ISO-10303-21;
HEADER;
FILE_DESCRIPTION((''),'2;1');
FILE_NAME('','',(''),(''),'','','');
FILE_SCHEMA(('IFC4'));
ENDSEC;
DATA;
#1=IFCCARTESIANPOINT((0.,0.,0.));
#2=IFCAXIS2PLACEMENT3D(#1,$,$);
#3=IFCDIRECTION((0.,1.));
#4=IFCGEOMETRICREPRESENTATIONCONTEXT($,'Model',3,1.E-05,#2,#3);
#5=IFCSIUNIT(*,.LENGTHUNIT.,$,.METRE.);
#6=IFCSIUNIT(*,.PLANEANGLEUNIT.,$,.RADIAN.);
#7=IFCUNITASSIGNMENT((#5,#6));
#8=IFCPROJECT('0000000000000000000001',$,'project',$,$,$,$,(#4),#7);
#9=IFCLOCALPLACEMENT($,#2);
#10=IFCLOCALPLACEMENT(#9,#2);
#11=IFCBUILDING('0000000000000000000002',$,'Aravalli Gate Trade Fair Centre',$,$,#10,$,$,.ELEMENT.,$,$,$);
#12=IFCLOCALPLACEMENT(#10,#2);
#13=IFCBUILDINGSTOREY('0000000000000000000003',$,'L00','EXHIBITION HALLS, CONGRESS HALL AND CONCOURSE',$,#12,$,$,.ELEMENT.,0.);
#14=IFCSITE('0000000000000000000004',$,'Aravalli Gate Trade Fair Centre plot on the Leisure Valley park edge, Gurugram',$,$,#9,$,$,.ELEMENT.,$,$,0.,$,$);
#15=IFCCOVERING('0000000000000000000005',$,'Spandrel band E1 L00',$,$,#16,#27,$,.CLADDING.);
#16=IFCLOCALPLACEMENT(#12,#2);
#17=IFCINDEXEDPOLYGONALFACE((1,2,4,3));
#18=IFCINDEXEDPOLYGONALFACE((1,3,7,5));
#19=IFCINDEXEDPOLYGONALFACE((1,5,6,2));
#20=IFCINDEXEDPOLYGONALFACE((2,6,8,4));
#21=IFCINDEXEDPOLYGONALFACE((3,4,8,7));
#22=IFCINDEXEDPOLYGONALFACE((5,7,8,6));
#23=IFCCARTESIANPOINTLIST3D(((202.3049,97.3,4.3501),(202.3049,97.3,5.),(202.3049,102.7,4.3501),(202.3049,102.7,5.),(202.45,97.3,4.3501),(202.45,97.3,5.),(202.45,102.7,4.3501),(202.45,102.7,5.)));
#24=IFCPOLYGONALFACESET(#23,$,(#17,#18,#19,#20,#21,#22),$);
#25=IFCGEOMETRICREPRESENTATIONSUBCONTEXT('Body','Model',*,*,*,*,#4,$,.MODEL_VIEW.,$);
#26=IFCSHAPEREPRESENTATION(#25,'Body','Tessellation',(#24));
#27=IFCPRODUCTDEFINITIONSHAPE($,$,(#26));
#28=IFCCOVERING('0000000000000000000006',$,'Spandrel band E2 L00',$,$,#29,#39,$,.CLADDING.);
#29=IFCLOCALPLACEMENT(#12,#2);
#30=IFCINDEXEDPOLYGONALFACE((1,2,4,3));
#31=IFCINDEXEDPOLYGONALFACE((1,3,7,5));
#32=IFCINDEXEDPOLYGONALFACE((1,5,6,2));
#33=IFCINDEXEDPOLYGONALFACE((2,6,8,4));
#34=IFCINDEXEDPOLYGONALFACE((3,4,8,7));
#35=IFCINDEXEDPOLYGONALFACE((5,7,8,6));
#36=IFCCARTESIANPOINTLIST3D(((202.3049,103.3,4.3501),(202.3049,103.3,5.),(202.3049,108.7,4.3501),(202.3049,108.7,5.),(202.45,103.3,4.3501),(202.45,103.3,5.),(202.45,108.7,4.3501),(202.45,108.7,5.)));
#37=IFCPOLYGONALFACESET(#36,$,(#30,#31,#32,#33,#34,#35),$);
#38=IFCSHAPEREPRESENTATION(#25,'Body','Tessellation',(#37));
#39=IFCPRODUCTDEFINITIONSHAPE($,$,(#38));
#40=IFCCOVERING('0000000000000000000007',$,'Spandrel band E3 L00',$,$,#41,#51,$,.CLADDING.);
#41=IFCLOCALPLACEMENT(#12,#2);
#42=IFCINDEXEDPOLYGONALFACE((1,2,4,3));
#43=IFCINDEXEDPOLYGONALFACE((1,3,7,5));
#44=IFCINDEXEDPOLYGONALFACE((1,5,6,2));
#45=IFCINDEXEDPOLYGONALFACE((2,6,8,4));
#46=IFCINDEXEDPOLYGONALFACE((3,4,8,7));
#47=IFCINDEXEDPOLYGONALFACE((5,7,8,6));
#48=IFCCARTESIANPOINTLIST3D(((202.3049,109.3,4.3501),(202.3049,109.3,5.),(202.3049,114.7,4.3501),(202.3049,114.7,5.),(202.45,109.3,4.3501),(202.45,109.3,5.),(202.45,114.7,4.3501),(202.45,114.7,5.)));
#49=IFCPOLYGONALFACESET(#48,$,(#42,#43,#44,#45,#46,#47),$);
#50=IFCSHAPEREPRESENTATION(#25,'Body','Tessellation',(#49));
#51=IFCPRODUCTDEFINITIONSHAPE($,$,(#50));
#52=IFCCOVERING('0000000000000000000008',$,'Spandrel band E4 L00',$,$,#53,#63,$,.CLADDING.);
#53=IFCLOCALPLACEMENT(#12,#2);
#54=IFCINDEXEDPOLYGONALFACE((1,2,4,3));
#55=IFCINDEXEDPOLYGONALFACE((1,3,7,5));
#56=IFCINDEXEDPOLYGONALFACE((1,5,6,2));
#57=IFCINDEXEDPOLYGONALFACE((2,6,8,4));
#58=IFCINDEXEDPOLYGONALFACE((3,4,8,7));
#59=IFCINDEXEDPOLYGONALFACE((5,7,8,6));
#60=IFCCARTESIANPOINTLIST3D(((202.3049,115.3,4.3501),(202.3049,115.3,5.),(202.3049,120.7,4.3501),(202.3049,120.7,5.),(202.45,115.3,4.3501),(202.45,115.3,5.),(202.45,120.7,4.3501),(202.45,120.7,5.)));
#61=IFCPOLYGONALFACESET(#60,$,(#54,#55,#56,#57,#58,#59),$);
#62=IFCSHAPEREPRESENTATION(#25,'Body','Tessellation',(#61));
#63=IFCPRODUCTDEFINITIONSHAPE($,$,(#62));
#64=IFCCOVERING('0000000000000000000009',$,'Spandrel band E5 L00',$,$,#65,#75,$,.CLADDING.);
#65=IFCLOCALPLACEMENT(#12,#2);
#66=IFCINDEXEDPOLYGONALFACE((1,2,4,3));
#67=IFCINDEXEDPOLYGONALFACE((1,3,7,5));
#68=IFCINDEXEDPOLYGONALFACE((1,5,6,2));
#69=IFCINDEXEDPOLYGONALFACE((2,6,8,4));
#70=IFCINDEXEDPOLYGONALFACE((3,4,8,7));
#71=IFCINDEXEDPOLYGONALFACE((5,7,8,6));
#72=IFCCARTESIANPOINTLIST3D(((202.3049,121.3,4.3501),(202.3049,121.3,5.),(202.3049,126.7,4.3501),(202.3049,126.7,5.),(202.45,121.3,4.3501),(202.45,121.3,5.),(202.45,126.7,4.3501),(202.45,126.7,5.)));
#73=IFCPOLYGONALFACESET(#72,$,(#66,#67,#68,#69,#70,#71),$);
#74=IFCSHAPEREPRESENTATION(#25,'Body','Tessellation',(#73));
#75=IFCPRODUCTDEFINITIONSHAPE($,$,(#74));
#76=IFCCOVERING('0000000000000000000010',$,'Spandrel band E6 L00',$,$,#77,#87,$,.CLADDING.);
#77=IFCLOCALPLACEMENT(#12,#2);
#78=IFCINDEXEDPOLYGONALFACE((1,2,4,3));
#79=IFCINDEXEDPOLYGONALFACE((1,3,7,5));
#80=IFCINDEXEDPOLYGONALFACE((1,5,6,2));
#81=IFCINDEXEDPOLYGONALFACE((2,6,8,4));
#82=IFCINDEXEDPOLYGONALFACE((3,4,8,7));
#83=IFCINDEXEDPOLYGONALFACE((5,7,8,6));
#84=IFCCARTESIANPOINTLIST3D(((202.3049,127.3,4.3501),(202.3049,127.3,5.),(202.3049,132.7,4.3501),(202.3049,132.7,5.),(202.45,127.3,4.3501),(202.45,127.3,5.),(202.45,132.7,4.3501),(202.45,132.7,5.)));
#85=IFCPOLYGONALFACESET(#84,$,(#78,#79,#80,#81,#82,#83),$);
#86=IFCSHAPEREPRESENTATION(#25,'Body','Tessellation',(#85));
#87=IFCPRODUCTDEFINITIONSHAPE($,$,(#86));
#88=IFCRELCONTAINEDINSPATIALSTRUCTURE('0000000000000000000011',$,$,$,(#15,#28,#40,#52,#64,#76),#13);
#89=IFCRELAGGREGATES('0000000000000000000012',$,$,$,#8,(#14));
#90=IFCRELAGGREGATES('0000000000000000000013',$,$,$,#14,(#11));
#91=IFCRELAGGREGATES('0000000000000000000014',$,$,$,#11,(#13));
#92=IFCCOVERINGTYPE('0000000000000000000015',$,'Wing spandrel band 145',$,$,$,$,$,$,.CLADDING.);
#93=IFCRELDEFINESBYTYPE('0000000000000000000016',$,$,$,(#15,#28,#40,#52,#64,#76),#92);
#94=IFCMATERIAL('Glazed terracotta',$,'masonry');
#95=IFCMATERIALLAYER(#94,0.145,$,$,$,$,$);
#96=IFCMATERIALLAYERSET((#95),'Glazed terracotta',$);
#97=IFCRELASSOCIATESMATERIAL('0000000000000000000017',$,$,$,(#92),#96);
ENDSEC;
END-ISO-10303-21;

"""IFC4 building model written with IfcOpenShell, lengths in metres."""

from ifc_helpers import new_model, si_unit, direction, frame, origin, place, context, subcontext, project, spatial, polyline, outline, extrude, material, layer, layer_set, type_object, element, save


model = new_model("IFC4")

# Units and contexts
model_context = context("Model", 3, precision=1e-05, world=origin(), true_north=direction((0.0, 1.0)))
body_context = subcontext(model_context, "Body", "Model", "MODEL_VIEW")
ifc_project = project(units=[si_unit("LENGTHUNIT", "METRE"), si_unit("PLANEANGLEUNIT", "RADIAN")], contexts=[model_context])

# Site, building, storey
site_placement = place(None, origin())
site = spatial("IfcSite", under=ifc_project, at=site_placement, Name="Aravalli Gate Trade Fair Centre plot on the Leisure Valley park edge, Gurugram", CompositionType="ELEMENT", RefElevation=0.0)
building_placement = place(site_placement, origin())
building = spatial("IfcBuilding", under=site, at=building_placement, Name="Aravalli Gate Trade Fair Centre", CompositionType="ELEMENT")
storey_placement = place(building_placement, origin())
storey = spatial("IfcBuildingStorey", under=building, at=storey_placement, Name="L00", Description="EXHIBITION HALLS, CONGRESS HALL AND CONCOURSE", CompositionType="ELEMENT", Elevation=0.0)

# Coverings
ifc_material = material(Name="Glazed terracotta", Category="masonry")
ifc_layer = layer(ifc_material, 0.145)
ifc_layer_set = layer_set([ifc_layer], Name="Glazed terracotta")
covering_type = type_object("IfcCoveringType", Name="Wing spandrel band 145", PredefinedType="CLADDING", material=ifc_layer_set)
covering_1_placement = place(storey_placement, frame((0.0, 0.0, 4.3501)))
element("IfcCovering", 1, at=covering_1_placement, inside=storey, type_object=covering_type, Name="Spandrel band E1 L00", PredefinedType="CLADDING", context=body_context, shape_type="SweptSolid", body=[
    extrude(outline(polyline([(202.3049, 97.3), (202.45, 97.3), (202.45, 102.7), (202.3049, 102.7), (202.3049, 97.3)])), origin(), (0.0, 0.0, 1.0), 0.6499),
])
covering_2_placement = place(storey_placement, frame((0.0, 0.0, 4.3501)))
element("IfcCovering", 2, at=covering_2_placement, inside=storey, type_object=covering_type, Name="Spandrel band E2 L00", PredefinedType="CLADDING", context=body_context, shape_type="SweptSolid", body=[
    extrude(outline(polyline([(202.3049, 103.3), (202.45, 103.3), (202.45, 108.7), (202.3049, 108.7), (202.3049, 103.3)])), origin(), (0.0, 0.0, 1.0), 0.6499),
])
covering_3_placement = place(storey_placement, frame((0.0, 0.0, 4.3501)))
element("IfcCovering", 3, at=covering_3_placement, inside=storey, type_object=covering_type, Name="Spandrel band E3 L00", PredefinedType="CLADDING", context=body_context, shape_type="SweptSolid", body=[
    extrude(outline(polyline([(202.3049, 109.3), (202.45, 109.3), (202.45, 114.7), (202.3049, 114.7), (202.3049, 109.3)])), origin(), (0.0, 0.0, 1.0), 0.6499),
])
covering_4_placement = place(storey_placement, frame((0.0, 0.0, 4.3501)))
element("IfcCovering", 4, at=covering_4_placement, inside=storey, type_object=covering_type, Name="Spandrel band E4 L00", PredefinedType="CLADDING", context=body_context, shape_type="SweptSolid", body=[
    extrude(outline(polyline([(202.3049, 115.3), (202.45, 115.3), (202.45, 120.7), (202.3049, 120.7), (202.3049, 115.3)])), origin(), (0.0, 0.0, 1.0), 0.6499),
])
covering_5_placement = place(storey_placement, frame((0.0, 0.0, 4.3501)))
element("IfcCovering", 5, at=covering_5_placement, inside=storey, type_object=covering_type, Name="Spandrel band E5 L00", PredefinedType="CLADDING", context=body_context, shape_type="SweptSolid", body=[
    extrude(outline(polyline([(202.3049, 121.3), (202.45, 121.3), (202.45, 126.7), (202.3049, 126.7), (202.3049, 121.3)])), origin(), (0.0, 0.0, 1.0), 0.6499),
])
covering_6_placement = place(storey_placement, frame((0.0, 0.0, 4.3501)))
element("IfcCovering", 6, at=covering_6_placement, inside=storey, type_object=covering_type, Name="Spandrel band E6 L00", PredefinedType="CLADDING", context=body_context, shape_type="SweptSolid", body=[
    extrude(outline(polyline([(202.3049, 127.3), (202.45, 127.3), (202.45, 132.7), (202.3049, 132.7), (202.3049, 127.3)])), origin(), (0.0, 0.0, 1.0), 0.6499),
])

save(model, "model.ifc")
